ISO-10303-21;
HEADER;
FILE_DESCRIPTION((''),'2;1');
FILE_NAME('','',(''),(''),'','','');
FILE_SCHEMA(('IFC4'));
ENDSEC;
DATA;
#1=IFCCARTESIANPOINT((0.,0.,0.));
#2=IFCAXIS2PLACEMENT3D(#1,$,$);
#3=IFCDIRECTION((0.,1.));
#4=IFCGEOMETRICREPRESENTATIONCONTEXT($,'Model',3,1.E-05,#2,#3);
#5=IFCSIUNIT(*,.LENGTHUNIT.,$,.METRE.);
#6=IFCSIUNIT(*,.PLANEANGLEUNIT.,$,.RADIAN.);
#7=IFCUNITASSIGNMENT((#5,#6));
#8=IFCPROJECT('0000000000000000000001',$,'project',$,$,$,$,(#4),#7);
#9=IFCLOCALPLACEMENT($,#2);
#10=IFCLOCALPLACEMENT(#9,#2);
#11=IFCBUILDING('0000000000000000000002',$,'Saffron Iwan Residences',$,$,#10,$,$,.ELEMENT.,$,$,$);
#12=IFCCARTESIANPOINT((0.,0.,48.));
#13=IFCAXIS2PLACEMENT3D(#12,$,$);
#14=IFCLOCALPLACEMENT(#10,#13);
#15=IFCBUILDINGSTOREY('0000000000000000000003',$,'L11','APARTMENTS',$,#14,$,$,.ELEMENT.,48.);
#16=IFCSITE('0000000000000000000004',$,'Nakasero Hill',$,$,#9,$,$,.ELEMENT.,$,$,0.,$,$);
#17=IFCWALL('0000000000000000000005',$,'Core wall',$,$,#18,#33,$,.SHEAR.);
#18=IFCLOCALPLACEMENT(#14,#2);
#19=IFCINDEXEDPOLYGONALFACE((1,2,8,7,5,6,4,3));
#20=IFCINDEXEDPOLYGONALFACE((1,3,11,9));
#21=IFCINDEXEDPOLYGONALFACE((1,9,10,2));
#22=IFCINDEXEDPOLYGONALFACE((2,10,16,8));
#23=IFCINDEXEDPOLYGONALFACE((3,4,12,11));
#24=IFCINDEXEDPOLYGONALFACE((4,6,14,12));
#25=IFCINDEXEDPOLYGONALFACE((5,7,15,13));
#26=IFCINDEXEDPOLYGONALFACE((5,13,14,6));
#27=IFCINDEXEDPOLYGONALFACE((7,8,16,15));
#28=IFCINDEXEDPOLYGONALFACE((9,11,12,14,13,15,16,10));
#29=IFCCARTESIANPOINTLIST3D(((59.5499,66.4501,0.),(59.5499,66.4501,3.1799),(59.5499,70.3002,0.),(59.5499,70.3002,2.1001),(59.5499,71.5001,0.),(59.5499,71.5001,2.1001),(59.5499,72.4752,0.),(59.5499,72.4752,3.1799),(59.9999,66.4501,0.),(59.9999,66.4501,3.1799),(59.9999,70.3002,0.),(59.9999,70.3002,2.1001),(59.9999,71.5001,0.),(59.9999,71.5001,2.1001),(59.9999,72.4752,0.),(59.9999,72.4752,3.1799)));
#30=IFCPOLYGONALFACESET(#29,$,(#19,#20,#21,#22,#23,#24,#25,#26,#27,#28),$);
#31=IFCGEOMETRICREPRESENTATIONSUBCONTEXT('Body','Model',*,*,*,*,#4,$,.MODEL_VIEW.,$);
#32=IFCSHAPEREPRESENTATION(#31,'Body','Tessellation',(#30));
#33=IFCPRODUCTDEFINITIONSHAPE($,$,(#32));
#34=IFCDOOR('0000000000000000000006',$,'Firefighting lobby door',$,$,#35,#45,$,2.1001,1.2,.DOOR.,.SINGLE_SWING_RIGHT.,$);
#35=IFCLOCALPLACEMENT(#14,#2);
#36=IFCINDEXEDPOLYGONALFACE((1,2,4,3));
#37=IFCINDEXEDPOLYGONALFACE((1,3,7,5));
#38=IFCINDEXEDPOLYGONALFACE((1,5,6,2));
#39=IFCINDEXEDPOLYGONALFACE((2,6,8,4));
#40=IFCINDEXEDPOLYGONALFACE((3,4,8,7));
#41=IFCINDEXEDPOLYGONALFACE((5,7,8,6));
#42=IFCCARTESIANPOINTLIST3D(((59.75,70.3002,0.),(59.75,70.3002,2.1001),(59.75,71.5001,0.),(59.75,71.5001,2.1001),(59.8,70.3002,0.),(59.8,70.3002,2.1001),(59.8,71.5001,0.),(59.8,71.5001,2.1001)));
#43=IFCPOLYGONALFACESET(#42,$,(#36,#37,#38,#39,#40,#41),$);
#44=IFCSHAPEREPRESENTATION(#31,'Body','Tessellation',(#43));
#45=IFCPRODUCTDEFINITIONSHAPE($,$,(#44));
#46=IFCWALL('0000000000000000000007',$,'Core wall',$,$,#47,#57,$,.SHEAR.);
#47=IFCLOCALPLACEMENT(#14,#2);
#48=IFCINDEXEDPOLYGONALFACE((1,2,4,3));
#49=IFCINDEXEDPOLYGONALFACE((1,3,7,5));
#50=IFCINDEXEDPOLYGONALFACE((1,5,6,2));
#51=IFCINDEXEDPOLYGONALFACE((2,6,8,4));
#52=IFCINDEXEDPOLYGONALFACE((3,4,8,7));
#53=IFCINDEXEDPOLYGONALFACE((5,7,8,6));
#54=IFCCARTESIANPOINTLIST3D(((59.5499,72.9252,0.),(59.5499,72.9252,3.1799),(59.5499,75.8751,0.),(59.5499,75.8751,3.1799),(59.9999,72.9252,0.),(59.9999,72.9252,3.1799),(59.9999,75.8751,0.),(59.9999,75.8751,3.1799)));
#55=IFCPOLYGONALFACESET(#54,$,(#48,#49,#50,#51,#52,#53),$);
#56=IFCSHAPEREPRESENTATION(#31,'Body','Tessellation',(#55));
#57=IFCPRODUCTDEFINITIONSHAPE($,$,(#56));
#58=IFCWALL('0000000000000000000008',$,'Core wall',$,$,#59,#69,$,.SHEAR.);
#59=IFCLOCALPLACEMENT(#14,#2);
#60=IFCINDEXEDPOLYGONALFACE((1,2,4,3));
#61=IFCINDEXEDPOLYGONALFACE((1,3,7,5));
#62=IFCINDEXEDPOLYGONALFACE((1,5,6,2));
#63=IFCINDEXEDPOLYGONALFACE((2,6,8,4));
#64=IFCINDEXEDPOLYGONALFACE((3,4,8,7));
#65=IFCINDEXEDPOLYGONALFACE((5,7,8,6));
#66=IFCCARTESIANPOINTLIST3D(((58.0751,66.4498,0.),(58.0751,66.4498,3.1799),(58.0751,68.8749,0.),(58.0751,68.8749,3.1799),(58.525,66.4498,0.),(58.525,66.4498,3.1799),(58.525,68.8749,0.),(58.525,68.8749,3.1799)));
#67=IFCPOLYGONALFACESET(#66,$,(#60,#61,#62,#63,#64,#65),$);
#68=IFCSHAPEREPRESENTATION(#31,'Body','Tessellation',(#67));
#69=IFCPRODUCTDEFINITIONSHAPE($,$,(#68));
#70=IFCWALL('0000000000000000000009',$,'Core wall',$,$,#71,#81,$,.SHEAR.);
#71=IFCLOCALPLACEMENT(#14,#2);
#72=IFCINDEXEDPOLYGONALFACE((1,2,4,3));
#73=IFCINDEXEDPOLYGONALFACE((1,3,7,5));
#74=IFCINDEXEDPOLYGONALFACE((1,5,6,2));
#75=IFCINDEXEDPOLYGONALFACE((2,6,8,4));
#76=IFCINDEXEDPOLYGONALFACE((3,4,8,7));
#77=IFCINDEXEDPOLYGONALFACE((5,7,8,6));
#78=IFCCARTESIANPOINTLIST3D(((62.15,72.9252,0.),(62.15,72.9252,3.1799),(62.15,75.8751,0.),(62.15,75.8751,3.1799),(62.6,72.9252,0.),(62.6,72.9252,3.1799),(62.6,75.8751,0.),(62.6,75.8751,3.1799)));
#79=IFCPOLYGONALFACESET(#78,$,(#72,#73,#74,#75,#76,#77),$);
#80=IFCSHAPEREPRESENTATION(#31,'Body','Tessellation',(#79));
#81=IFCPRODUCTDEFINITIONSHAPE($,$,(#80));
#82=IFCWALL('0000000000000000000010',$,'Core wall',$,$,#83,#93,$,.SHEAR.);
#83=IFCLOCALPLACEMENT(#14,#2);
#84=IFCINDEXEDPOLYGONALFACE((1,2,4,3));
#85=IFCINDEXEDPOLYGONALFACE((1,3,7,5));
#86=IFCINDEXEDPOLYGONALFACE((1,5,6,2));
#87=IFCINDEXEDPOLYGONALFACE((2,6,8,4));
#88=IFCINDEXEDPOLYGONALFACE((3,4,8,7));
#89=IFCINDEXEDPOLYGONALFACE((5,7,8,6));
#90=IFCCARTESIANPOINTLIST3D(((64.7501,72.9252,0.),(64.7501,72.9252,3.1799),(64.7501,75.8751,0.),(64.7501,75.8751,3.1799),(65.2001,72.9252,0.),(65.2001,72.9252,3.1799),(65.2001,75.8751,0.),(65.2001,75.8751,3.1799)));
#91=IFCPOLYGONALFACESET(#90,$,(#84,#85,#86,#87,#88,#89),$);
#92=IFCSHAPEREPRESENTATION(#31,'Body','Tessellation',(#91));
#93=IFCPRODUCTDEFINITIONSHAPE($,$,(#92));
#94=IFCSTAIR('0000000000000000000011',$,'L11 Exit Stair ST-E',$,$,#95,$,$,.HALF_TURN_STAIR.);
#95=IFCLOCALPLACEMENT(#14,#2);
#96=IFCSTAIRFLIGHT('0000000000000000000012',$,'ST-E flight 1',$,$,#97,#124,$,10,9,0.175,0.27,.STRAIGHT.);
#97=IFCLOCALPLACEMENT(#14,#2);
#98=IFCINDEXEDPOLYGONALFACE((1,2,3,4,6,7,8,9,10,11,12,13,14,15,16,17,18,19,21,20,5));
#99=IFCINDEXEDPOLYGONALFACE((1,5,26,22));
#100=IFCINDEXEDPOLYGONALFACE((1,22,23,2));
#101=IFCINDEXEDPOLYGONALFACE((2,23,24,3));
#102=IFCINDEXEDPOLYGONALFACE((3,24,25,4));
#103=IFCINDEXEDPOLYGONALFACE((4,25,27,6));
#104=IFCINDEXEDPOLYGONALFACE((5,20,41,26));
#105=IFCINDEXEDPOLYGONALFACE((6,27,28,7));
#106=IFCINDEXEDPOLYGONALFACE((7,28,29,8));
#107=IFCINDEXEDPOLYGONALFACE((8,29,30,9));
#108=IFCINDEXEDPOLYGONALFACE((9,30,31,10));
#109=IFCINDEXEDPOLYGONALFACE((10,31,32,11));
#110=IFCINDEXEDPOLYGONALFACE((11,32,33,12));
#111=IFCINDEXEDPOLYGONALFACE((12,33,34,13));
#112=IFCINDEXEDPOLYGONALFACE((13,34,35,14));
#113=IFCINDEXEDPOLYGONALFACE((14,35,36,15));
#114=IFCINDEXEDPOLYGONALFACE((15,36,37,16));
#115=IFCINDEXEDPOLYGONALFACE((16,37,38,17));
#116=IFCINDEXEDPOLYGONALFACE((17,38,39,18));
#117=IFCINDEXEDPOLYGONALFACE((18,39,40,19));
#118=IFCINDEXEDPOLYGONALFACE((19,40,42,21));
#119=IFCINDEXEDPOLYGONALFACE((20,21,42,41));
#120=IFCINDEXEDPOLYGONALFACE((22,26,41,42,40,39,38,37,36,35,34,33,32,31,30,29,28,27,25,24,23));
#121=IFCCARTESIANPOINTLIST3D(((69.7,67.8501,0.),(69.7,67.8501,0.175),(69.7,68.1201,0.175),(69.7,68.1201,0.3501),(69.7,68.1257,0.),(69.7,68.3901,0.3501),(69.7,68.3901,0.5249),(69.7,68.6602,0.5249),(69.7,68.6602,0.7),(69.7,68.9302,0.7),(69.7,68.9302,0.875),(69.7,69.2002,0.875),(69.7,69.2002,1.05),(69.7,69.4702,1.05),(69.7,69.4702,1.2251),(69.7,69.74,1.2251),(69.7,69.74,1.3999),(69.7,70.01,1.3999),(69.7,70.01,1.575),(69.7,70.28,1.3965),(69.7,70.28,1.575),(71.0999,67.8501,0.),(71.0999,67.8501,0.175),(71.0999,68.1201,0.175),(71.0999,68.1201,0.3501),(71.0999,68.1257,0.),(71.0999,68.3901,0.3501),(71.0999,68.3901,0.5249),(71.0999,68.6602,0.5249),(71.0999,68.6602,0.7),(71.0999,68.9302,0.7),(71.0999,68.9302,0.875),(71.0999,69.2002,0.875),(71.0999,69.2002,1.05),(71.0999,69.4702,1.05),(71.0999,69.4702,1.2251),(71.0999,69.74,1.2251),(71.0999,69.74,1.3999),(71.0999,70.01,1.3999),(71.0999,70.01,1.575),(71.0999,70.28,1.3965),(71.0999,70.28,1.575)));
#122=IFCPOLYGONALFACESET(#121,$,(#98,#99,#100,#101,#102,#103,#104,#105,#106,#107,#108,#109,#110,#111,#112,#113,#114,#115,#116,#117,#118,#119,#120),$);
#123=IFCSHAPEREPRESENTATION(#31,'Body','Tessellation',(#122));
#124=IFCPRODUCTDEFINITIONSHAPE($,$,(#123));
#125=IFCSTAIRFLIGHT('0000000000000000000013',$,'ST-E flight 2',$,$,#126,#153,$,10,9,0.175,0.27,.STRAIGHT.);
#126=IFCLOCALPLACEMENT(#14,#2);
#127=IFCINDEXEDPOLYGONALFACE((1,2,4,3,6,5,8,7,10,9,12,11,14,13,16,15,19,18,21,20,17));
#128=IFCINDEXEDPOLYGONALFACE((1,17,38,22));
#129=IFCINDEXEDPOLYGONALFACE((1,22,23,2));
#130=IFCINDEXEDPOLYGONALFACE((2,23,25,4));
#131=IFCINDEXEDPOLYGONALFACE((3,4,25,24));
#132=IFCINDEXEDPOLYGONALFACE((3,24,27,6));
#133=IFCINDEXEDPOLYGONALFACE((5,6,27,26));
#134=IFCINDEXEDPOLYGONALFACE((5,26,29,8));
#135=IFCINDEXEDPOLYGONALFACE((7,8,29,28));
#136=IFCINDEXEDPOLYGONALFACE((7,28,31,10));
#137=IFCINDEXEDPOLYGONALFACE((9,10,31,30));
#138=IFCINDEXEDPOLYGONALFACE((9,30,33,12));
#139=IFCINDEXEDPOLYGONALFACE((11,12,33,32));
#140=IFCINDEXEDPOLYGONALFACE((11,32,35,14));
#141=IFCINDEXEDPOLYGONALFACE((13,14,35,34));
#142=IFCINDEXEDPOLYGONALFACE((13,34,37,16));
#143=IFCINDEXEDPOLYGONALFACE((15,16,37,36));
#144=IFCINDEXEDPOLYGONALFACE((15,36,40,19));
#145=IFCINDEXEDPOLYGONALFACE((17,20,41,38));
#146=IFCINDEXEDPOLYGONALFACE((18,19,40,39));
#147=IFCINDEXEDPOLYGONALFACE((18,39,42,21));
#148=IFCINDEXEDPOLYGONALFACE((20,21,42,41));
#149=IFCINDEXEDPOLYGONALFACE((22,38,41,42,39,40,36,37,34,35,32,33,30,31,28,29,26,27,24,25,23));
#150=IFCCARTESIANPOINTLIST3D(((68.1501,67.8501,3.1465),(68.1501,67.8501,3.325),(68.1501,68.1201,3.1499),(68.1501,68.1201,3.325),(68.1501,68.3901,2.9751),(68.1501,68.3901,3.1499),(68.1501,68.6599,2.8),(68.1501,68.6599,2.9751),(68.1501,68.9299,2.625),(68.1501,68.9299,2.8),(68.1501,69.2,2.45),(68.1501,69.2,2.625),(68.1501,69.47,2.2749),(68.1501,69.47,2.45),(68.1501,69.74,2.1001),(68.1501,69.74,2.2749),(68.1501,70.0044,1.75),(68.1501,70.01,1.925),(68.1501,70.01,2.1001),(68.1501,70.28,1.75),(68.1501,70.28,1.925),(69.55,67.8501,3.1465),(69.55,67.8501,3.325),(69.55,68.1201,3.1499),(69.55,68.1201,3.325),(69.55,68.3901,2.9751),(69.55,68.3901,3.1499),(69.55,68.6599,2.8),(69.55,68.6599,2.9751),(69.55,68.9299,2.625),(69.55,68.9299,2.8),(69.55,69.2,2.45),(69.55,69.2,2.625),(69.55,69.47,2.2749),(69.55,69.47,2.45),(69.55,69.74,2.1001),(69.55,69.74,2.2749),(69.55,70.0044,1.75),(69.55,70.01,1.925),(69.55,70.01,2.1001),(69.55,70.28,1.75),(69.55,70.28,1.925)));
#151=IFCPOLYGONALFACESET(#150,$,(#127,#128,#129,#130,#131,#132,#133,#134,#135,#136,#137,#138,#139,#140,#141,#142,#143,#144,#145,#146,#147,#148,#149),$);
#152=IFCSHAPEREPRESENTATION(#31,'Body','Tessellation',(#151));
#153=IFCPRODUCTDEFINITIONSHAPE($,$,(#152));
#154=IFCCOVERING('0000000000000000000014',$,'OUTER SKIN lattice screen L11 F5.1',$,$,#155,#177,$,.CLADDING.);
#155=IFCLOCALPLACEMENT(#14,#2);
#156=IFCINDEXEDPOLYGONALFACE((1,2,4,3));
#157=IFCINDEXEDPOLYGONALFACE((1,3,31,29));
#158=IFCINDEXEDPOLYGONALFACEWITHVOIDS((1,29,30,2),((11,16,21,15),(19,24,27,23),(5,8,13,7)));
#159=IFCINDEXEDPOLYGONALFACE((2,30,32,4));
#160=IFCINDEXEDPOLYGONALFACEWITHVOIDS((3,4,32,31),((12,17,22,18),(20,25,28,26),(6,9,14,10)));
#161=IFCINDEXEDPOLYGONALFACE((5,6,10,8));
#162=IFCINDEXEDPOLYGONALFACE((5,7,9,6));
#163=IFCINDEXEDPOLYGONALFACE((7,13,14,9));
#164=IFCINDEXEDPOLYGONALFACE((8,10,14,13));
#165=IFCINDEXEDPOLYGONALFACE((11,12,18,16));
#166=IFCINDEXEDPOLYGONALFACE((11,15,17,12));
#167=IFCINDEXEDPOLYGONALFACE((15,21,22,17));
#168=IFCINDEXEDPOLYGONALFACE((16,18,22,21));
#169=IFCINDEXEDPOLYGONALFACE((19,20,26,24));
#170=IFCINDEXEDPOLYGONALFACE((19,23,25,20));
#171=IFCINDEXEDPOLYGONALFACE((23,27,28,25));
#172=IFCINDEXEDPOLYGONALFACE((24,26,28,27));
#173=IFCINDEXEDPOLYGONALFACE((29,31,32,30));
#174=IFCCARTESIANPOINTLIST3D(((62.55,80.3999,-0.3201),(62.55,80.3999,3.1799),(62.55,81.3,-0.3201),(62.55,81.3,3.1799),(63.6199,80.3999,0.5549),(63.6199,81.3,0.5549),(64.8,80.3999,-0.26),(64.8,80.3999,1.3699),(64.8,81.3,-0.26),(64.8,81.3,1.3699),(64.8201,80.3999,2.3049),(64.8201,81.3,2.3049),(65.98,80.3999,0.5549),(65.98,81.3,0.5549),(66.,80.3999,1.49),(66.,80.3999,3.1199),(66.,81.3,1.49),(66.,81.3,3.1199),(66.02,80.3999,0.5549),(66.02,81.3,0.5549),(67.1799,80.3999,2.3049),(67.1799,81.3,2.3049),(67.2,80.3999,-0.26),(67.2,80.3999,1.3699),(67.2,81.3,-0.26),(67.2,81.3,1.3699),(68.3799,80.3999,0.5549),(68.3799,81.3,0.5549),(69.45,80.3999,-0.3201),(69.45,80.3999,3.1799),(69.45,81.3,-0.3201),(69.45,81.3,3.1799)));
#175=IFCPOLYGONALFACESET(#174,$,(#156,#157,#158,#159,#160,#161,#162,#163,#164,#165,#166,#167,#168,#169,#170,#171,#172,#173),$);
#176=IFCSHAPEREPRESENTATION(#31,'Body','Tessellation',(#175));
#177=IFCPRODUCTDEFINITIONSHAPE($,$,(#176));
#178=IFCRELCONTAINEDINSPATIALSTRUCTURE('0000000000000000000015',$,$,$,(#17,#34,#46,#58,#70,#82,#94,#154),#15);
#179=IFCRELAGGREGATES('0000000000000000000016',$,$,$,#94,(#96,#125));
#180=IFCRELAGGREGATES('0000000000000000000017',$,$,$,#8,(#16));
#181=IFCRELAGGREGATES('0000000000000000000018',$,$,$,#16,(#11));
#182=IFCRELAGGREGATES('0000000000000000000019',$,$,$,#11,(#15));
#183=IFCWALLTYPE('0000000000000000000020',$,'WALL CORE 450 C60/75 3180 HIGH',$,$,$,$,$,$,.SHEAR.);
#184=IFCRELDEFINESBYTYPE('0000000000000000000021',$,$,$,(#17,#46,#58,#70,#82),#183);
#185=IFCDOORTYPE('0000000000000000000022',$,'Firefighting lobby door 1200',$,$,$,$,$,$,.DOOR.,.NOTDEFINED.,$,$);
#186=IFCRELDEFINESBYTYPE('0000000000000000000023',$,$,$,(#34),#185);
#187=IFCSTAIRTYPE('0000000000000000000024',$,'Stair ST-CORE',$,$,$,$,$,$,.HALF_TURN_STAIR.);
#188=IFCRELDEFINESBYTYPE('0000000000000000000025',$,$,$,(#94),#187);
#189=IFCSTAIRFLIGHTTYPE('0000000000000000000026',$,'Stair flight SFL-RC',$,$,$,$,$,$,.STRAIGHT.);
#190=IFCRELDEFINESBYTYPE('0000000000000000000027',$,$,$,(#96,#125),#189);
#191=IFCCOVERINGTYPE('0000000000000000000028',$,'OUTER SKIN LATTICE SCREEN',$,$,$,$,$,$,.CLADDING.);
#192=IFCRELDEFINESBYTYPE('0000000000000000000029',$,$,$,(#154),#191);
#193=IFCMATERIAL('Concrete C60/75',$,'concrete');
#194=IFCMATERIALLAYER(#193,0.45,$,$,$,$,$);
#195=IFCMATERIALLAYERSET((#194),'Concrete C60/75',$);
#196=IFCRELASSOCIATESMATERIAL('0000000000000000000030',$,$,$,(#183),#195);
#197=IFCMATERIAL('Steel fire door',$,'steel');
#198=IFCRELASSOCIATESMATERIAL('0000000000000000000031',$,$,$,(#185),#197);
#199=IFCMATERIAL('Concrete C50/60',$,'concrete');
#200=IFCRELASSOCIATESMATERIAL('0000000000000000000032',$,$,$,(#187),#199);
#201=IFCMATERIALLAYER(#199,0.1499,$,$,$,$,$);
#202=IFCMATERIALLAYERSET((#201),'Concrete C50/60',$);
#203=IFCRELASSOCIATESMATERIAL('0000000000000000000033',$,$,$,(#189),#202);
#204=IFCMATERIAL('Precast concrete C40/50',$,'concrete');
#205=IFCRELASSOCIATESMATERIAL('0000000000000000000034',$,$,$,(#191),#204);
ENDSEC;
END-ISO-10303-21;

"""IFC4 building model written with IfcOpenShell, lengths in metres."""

from ifc_helpers import new_model, si_unit, direction, frame, frame_2d, origin, place, context, subcontext, project, spatial, polyline, rectangle, outline, extrude, material, layer, layer_set, type_object, element, fill, aggregate, save


model = new_model("IFC4")

# Units and contexts
model_context = context("Model", 3, precision=1e-05, world=origin(), true_north=direction((0.0, 1.0)))
body_context = subcontext(model_context, "Body", "Model", "MODEL_VIEW")
ifc_project = project(units=[si_unit("LENGTHUNIT", "METRE"), si_unit("PLANEANGLEUNIT", "RADIAN")], contexts=[model_context])

# Site, building, storey
site_placement = place(None, origin())
site = spatial("IfcSite", under=ifc_project, at=site_placement, Name="Nakasero Hill", CompositionType="ELEMENT", RefElevation=0.0)
building_placement = place(site_placement, origin())
building = spatial("IfcBuilding", under=site, at=building_placement, Name="Saffron Iwan Residences", CompositionType="ELEMENT")
storey_placement = place(building_placement, frame((0.0, 0.0, 48.0)))
storey = spatial("IfcBuildingStorey", under=building, at=storey_placement, Name="L11", Description="APARTMENTS", CompositionType="ELEMENT", Elevation=48.0)

# Shared definitions
ifc_material_1 = material(Name="Concrete C60/75", Category="concrete")

# Shared definitions
ifc_layer_1 = layer(ifc_material_1, 0.45)
ifc_layer_set_1 = layer_set([ifc_layer_1], Name="Concrete C60/75")
wall_type_1 = type_object("IfcWallType", Name="WALL CORE 450 C60/75 3180 HIGH", PredefinedType="SHEAR", material=ifc_layer_set_1)

# Wall, opening, door
ifc_material_2 = material(Name="Steel fire door", Category="steel")
wall_1_placement = place(storey_placement, frame((59.7749, 66.45, 0.0), z_axis=(0.0, 0.0, 1.0), x_axis=(0.0, 1.0, 0.0)))
wall_1 = element("IfcWall", 1, at=wall_1_placement, inside=storey, type_object=wall_type_1, Name="Core wall", PredefinedType="SHEAR", context=body_context, shape_type="SweptSolid", body=[
    extrude(rectangle(XDim=6.0251, YDim=0.45, at=frame_2d((3.0127, 0.0))), origin(), (0.0, 0.0, 1.0), 3.1799),
])
opening_1_placement = place(wall_1_placement, frame((3.8501, 0.0, 0.0)))
opening_1 = element("IfcOpeningElement", 2, at=opening_1_placement, cuts=wall_1, PredefinedType="OPENING", context=body_context, shape_type="SweptSolid", body=[
    extrude(rectangle(XDim=1.2, YDim=2.1001, at=frame_2d((0.6001, 1.05))), frame((0.0, 0.2349, 0.0), z_axis=(0.0, -1.0, 0.0), x_axis=(1.0, 0.0, 0.0)), (0.0, 0.0, 1.0), 0.47),
])
door_type_1 = type_object("IfcDoorType", Name="Firefighting lobby door 1200", OperationType="NOTDEFINED", PredefinedType="DOOR", material=ifc_material_2)
door_1_placement = place(opening_1_placement, origin())
door_1 = element("IfcDoor", 3, at=door_1_placement, inside=storey, type_object=door_type_1, Name="Firefighting lobby door", OperationType="SINGLE_SWING_RIGHT", OverallHeight=2.1001, OverallWidth=1.2, PredefinedType="DOOR", context=body_context, shape_type="SweptSolid", body=[
    extrude(rectangle(XDim=1.2, YDim=2.1001, at=frame_2d((0.6001, 1.05))), frame((0.0, 0.0249, 0.0), z_axis=(0.0, -1.0, 0.0), x_axis=(1.0, 0.0, 0.0)), (0.0, 0.0, 1.0), 0.05),
])
fill(opening_1, door_1)

# Walls
wall_2_placement = place(storey_placement, frame((59.7749, 72.925, 0.0), z_axis=(0.0, 0.0, 1.0), x_axis=(0.0, 1.0, 0.0)))
element("IfcWall", 4, at=wall_2_placement, inside=storey, type_object=wall_type_1, Name="Core wall", PredefinedType="SHEAR", context=body_context, shape_type="SweptSolid", body=[
    extrude(rectangle(XDim=2.95, YDim=0.45, at=frame_2d((1.4751, 0.0))), origin(), (0.0, 0.0, 1.0), 3.1799),
])
wall_3_placement = place(storey_placement, frame((58.3, 66.45, 0.0), z_axis=(0.0, 0.0, 1.0), x_axis=(0.0, 1.0, 0.0)))
element("IfcWall", 5, at=wall_3_placement, inside=storey, type_object=wall_type_1, Name="Core wall", PredefinedType="SHEAR", context=body_context, shape_type="SweptSolid", body=[
    extrude(rectangle(XDim=2.425, YDim=0.45, at=frame_2d((1.2124, 0.0))), origin(), (0.0, 0.0, 1.0), 3.1799),
])
for number, where, z_axis, x_axis, name in (
    (6, (62.375, 72.925, 0.0), (0.0, 0.0, 1.0), (0.0, 1.0, 0.0), "Core wall"),
    (7, (64.9751, 72.925, 0.0), (0.0, 0.0, 1.0), (0.0, 1.0, 0.0), "Core wall"),
):
    element("IfcWall", number, at=place(storey_placement, frame(where, z_axis=z_axis, x_axis=x_axis)), inside=storey, type_object=wall_type_1, Name=name, PredefinedType="SHEAR", context=body_context, shape_type="SweptSolid", body=[
        extrude(rectangle(XDim=2.95, YDim=0.45, at=frame_2d((1.4751, 0.0))), origin(), (0.0, 0.0, 1.0), 3.1799),
    ])

# Stair, stair flights
ifc_material_3 = material(Name="Concrete C50/60", Category="concrete")
stair_type = type_object("IfcStairType", Name="Stair ST-CORE", PredefinedType="HALF_TURN_STAIR", material=ifc_material_3)
stair_placement = place(storey_placement, origin())
stair = element("IfcStair", 8, at=stair_placement, inside=storey, type_object=stair_type, Name="L11 Exit Stair ST-E", PredefinedType="HALF_TURN_STAIR")
ifc_layer_2 = layer(ifc_material_3, 0.1499)
ifc_layer_set_2 = layer_set([ifc_layer_2], Name="Concrete C50/60")
stair_flight_type = type_object("IfcStairFlightType", Name="Stair flight SFL-RC", PredefinedType="STRAIGHT", material=ifc_layer_set_2)
stair_flight_1_placement = place(storey_placement, frame((70.3999, 67.8501, 0.0), z_axis=(0.0, 0.0, 1.0), x_axis=(0.0, 1.0, 0.0)))
stair_flight_1 = element("IfcStairFlight", 9, at=stair_flight_1_placement, type_object=stair_flight_type, Name="ST-E flight 1", NumberOfRisers=10, NumberOfTreads=9, PredefinedType="STRAIGHT", RiserHeight=0.175, TreadLength=0.27, context=body_context, shape_type="SweptSolid", body=[
    extrude(outline(polyline([(0.0, 0.0), (0.0, 0.175), (0.27, 0.175), (0.27, 0.3501), (0.54, 0.3501), (0.54, 0.5249), (0.8101, 0.5249), (0.8101, 0.7), (1.0801, 0.7), (1.0801, 0.875), (1.3501, 0.875), (1.3501, 1.05), (1.6201, 1.05), (1.6201, 1.2251), (1.8899, 1.2251), (1.8899, 1.3999), (2.1599, 1.3999), (2.1599, 1.575), (2.4299, 1.575), (2.4299, 1.75), (2.4299, 1.3965), (0.2756, 0.0), (0.0, 0.0)])), frame((0.0, 0.7, 0.0), z_axis=(0.0, -1.0, 0.0), x_axis=(1.0, 0.0, 0.0)), (0.0, 0.0, 1.0), 1.3999),
])
stair_flight_2_placement = place(storey_placement, frame((68.8501, 70.28, 1.75), z_axis=(0.0, 0.0, 1.0), x_axis=(0.0, -1.0, 0.0)))
stair_flight_2 = element("IfcStairFlight", 10, at=stair_flight_2_placement, type_object=stair_flight_type, Name="ST-E flight 2", NumberOfRisers=10, NumberOfTreads=9, PredefinedType="STRAIGHT", RiserHeight=0.175, TreadLength=0.27, context=body_context, shape_type="SweptSolid", body=[
    extrude(outline(polyline([(0.0, 0.0), (0.0, 0.175), (0.27, 0.175), (0.27, 0.3501), (0.54, 0.3501), (0.54, 0.5249), (0.8101, 0.5249), (0.8101, 0.7), (1.0801, 0.7), (1.0801, 0.875), (1.3501, 0.875), (1.3501, 1.05), (1.6201, 1.05), (1.6201, 1.2251), (1.8899, 1.2251), (1.8899, 1.3999), (2.1599, 1.3999), (2.1599, 1.575), (2.4299, 1.575), (2.4299, 1.75), (2.4299, 1.3965), (0.2756, 0.0), (0.0, 0.0)])), frame((0.0, 0.7, 0.0), z_axis=(0.0, -1.0, 0.0), x_axis=(1.0, 0.0, 0.0)), (0.0, 0.0, 1.0), 1.3999),
])
aggregate(stair, [stair_flight_1, stair_flight_2])

# Covering
ifc_material_4 = material(Name="Precast concrete C40/50", Category="concrete")
covering_type_1 = type_object("IfcCoveringType", Name="OUTER SKIN LATTICE SCREEN", PredefinedType="CLADDING", material=ifc_material_4)
covering_1_placement = place(storey_placement, frame((69.45, 80.3999, -0.3201), z_axis=(0.0, 1.0, 0.0), x_axis=(-1.0, 0.0, 0.0)))
element("IfcCovering", 11, at=covering_1_placement, inside=storey, type_object=covering_type_1, Name="OUTER SKIN lattice screen L11 F5.1", PredefinedType="CLADDING", context=body_context, shape_type="SweptSolid", body=[
    extrude(outline(polyline([(0.0, 0.0), (6.8999, 0.0), (6.8999, 3.5), (0.0, 3.5), (0.0, 0.0)]), holes=[polyline([(1.0701, 0.875), (2.25, 0.0601), (3.4299, 0.875), (2.25, 1.6899), (1.0701, 0.875)]), polyline([(3.47, 0.875), (4.6499, 0.0601), (5.8301, 0.875), (4.6499, 1.6899), (3.47, 0.875)]), polyline([(2.27, 2.625), (3.45, 1.8101), (4.6299, 2.625), (3.45, 3.4399), (2.27, 2.625)])]), origin(), (0.0, 0.0, 1.0), 0.9001),
])

save(model, "model.ifc")
